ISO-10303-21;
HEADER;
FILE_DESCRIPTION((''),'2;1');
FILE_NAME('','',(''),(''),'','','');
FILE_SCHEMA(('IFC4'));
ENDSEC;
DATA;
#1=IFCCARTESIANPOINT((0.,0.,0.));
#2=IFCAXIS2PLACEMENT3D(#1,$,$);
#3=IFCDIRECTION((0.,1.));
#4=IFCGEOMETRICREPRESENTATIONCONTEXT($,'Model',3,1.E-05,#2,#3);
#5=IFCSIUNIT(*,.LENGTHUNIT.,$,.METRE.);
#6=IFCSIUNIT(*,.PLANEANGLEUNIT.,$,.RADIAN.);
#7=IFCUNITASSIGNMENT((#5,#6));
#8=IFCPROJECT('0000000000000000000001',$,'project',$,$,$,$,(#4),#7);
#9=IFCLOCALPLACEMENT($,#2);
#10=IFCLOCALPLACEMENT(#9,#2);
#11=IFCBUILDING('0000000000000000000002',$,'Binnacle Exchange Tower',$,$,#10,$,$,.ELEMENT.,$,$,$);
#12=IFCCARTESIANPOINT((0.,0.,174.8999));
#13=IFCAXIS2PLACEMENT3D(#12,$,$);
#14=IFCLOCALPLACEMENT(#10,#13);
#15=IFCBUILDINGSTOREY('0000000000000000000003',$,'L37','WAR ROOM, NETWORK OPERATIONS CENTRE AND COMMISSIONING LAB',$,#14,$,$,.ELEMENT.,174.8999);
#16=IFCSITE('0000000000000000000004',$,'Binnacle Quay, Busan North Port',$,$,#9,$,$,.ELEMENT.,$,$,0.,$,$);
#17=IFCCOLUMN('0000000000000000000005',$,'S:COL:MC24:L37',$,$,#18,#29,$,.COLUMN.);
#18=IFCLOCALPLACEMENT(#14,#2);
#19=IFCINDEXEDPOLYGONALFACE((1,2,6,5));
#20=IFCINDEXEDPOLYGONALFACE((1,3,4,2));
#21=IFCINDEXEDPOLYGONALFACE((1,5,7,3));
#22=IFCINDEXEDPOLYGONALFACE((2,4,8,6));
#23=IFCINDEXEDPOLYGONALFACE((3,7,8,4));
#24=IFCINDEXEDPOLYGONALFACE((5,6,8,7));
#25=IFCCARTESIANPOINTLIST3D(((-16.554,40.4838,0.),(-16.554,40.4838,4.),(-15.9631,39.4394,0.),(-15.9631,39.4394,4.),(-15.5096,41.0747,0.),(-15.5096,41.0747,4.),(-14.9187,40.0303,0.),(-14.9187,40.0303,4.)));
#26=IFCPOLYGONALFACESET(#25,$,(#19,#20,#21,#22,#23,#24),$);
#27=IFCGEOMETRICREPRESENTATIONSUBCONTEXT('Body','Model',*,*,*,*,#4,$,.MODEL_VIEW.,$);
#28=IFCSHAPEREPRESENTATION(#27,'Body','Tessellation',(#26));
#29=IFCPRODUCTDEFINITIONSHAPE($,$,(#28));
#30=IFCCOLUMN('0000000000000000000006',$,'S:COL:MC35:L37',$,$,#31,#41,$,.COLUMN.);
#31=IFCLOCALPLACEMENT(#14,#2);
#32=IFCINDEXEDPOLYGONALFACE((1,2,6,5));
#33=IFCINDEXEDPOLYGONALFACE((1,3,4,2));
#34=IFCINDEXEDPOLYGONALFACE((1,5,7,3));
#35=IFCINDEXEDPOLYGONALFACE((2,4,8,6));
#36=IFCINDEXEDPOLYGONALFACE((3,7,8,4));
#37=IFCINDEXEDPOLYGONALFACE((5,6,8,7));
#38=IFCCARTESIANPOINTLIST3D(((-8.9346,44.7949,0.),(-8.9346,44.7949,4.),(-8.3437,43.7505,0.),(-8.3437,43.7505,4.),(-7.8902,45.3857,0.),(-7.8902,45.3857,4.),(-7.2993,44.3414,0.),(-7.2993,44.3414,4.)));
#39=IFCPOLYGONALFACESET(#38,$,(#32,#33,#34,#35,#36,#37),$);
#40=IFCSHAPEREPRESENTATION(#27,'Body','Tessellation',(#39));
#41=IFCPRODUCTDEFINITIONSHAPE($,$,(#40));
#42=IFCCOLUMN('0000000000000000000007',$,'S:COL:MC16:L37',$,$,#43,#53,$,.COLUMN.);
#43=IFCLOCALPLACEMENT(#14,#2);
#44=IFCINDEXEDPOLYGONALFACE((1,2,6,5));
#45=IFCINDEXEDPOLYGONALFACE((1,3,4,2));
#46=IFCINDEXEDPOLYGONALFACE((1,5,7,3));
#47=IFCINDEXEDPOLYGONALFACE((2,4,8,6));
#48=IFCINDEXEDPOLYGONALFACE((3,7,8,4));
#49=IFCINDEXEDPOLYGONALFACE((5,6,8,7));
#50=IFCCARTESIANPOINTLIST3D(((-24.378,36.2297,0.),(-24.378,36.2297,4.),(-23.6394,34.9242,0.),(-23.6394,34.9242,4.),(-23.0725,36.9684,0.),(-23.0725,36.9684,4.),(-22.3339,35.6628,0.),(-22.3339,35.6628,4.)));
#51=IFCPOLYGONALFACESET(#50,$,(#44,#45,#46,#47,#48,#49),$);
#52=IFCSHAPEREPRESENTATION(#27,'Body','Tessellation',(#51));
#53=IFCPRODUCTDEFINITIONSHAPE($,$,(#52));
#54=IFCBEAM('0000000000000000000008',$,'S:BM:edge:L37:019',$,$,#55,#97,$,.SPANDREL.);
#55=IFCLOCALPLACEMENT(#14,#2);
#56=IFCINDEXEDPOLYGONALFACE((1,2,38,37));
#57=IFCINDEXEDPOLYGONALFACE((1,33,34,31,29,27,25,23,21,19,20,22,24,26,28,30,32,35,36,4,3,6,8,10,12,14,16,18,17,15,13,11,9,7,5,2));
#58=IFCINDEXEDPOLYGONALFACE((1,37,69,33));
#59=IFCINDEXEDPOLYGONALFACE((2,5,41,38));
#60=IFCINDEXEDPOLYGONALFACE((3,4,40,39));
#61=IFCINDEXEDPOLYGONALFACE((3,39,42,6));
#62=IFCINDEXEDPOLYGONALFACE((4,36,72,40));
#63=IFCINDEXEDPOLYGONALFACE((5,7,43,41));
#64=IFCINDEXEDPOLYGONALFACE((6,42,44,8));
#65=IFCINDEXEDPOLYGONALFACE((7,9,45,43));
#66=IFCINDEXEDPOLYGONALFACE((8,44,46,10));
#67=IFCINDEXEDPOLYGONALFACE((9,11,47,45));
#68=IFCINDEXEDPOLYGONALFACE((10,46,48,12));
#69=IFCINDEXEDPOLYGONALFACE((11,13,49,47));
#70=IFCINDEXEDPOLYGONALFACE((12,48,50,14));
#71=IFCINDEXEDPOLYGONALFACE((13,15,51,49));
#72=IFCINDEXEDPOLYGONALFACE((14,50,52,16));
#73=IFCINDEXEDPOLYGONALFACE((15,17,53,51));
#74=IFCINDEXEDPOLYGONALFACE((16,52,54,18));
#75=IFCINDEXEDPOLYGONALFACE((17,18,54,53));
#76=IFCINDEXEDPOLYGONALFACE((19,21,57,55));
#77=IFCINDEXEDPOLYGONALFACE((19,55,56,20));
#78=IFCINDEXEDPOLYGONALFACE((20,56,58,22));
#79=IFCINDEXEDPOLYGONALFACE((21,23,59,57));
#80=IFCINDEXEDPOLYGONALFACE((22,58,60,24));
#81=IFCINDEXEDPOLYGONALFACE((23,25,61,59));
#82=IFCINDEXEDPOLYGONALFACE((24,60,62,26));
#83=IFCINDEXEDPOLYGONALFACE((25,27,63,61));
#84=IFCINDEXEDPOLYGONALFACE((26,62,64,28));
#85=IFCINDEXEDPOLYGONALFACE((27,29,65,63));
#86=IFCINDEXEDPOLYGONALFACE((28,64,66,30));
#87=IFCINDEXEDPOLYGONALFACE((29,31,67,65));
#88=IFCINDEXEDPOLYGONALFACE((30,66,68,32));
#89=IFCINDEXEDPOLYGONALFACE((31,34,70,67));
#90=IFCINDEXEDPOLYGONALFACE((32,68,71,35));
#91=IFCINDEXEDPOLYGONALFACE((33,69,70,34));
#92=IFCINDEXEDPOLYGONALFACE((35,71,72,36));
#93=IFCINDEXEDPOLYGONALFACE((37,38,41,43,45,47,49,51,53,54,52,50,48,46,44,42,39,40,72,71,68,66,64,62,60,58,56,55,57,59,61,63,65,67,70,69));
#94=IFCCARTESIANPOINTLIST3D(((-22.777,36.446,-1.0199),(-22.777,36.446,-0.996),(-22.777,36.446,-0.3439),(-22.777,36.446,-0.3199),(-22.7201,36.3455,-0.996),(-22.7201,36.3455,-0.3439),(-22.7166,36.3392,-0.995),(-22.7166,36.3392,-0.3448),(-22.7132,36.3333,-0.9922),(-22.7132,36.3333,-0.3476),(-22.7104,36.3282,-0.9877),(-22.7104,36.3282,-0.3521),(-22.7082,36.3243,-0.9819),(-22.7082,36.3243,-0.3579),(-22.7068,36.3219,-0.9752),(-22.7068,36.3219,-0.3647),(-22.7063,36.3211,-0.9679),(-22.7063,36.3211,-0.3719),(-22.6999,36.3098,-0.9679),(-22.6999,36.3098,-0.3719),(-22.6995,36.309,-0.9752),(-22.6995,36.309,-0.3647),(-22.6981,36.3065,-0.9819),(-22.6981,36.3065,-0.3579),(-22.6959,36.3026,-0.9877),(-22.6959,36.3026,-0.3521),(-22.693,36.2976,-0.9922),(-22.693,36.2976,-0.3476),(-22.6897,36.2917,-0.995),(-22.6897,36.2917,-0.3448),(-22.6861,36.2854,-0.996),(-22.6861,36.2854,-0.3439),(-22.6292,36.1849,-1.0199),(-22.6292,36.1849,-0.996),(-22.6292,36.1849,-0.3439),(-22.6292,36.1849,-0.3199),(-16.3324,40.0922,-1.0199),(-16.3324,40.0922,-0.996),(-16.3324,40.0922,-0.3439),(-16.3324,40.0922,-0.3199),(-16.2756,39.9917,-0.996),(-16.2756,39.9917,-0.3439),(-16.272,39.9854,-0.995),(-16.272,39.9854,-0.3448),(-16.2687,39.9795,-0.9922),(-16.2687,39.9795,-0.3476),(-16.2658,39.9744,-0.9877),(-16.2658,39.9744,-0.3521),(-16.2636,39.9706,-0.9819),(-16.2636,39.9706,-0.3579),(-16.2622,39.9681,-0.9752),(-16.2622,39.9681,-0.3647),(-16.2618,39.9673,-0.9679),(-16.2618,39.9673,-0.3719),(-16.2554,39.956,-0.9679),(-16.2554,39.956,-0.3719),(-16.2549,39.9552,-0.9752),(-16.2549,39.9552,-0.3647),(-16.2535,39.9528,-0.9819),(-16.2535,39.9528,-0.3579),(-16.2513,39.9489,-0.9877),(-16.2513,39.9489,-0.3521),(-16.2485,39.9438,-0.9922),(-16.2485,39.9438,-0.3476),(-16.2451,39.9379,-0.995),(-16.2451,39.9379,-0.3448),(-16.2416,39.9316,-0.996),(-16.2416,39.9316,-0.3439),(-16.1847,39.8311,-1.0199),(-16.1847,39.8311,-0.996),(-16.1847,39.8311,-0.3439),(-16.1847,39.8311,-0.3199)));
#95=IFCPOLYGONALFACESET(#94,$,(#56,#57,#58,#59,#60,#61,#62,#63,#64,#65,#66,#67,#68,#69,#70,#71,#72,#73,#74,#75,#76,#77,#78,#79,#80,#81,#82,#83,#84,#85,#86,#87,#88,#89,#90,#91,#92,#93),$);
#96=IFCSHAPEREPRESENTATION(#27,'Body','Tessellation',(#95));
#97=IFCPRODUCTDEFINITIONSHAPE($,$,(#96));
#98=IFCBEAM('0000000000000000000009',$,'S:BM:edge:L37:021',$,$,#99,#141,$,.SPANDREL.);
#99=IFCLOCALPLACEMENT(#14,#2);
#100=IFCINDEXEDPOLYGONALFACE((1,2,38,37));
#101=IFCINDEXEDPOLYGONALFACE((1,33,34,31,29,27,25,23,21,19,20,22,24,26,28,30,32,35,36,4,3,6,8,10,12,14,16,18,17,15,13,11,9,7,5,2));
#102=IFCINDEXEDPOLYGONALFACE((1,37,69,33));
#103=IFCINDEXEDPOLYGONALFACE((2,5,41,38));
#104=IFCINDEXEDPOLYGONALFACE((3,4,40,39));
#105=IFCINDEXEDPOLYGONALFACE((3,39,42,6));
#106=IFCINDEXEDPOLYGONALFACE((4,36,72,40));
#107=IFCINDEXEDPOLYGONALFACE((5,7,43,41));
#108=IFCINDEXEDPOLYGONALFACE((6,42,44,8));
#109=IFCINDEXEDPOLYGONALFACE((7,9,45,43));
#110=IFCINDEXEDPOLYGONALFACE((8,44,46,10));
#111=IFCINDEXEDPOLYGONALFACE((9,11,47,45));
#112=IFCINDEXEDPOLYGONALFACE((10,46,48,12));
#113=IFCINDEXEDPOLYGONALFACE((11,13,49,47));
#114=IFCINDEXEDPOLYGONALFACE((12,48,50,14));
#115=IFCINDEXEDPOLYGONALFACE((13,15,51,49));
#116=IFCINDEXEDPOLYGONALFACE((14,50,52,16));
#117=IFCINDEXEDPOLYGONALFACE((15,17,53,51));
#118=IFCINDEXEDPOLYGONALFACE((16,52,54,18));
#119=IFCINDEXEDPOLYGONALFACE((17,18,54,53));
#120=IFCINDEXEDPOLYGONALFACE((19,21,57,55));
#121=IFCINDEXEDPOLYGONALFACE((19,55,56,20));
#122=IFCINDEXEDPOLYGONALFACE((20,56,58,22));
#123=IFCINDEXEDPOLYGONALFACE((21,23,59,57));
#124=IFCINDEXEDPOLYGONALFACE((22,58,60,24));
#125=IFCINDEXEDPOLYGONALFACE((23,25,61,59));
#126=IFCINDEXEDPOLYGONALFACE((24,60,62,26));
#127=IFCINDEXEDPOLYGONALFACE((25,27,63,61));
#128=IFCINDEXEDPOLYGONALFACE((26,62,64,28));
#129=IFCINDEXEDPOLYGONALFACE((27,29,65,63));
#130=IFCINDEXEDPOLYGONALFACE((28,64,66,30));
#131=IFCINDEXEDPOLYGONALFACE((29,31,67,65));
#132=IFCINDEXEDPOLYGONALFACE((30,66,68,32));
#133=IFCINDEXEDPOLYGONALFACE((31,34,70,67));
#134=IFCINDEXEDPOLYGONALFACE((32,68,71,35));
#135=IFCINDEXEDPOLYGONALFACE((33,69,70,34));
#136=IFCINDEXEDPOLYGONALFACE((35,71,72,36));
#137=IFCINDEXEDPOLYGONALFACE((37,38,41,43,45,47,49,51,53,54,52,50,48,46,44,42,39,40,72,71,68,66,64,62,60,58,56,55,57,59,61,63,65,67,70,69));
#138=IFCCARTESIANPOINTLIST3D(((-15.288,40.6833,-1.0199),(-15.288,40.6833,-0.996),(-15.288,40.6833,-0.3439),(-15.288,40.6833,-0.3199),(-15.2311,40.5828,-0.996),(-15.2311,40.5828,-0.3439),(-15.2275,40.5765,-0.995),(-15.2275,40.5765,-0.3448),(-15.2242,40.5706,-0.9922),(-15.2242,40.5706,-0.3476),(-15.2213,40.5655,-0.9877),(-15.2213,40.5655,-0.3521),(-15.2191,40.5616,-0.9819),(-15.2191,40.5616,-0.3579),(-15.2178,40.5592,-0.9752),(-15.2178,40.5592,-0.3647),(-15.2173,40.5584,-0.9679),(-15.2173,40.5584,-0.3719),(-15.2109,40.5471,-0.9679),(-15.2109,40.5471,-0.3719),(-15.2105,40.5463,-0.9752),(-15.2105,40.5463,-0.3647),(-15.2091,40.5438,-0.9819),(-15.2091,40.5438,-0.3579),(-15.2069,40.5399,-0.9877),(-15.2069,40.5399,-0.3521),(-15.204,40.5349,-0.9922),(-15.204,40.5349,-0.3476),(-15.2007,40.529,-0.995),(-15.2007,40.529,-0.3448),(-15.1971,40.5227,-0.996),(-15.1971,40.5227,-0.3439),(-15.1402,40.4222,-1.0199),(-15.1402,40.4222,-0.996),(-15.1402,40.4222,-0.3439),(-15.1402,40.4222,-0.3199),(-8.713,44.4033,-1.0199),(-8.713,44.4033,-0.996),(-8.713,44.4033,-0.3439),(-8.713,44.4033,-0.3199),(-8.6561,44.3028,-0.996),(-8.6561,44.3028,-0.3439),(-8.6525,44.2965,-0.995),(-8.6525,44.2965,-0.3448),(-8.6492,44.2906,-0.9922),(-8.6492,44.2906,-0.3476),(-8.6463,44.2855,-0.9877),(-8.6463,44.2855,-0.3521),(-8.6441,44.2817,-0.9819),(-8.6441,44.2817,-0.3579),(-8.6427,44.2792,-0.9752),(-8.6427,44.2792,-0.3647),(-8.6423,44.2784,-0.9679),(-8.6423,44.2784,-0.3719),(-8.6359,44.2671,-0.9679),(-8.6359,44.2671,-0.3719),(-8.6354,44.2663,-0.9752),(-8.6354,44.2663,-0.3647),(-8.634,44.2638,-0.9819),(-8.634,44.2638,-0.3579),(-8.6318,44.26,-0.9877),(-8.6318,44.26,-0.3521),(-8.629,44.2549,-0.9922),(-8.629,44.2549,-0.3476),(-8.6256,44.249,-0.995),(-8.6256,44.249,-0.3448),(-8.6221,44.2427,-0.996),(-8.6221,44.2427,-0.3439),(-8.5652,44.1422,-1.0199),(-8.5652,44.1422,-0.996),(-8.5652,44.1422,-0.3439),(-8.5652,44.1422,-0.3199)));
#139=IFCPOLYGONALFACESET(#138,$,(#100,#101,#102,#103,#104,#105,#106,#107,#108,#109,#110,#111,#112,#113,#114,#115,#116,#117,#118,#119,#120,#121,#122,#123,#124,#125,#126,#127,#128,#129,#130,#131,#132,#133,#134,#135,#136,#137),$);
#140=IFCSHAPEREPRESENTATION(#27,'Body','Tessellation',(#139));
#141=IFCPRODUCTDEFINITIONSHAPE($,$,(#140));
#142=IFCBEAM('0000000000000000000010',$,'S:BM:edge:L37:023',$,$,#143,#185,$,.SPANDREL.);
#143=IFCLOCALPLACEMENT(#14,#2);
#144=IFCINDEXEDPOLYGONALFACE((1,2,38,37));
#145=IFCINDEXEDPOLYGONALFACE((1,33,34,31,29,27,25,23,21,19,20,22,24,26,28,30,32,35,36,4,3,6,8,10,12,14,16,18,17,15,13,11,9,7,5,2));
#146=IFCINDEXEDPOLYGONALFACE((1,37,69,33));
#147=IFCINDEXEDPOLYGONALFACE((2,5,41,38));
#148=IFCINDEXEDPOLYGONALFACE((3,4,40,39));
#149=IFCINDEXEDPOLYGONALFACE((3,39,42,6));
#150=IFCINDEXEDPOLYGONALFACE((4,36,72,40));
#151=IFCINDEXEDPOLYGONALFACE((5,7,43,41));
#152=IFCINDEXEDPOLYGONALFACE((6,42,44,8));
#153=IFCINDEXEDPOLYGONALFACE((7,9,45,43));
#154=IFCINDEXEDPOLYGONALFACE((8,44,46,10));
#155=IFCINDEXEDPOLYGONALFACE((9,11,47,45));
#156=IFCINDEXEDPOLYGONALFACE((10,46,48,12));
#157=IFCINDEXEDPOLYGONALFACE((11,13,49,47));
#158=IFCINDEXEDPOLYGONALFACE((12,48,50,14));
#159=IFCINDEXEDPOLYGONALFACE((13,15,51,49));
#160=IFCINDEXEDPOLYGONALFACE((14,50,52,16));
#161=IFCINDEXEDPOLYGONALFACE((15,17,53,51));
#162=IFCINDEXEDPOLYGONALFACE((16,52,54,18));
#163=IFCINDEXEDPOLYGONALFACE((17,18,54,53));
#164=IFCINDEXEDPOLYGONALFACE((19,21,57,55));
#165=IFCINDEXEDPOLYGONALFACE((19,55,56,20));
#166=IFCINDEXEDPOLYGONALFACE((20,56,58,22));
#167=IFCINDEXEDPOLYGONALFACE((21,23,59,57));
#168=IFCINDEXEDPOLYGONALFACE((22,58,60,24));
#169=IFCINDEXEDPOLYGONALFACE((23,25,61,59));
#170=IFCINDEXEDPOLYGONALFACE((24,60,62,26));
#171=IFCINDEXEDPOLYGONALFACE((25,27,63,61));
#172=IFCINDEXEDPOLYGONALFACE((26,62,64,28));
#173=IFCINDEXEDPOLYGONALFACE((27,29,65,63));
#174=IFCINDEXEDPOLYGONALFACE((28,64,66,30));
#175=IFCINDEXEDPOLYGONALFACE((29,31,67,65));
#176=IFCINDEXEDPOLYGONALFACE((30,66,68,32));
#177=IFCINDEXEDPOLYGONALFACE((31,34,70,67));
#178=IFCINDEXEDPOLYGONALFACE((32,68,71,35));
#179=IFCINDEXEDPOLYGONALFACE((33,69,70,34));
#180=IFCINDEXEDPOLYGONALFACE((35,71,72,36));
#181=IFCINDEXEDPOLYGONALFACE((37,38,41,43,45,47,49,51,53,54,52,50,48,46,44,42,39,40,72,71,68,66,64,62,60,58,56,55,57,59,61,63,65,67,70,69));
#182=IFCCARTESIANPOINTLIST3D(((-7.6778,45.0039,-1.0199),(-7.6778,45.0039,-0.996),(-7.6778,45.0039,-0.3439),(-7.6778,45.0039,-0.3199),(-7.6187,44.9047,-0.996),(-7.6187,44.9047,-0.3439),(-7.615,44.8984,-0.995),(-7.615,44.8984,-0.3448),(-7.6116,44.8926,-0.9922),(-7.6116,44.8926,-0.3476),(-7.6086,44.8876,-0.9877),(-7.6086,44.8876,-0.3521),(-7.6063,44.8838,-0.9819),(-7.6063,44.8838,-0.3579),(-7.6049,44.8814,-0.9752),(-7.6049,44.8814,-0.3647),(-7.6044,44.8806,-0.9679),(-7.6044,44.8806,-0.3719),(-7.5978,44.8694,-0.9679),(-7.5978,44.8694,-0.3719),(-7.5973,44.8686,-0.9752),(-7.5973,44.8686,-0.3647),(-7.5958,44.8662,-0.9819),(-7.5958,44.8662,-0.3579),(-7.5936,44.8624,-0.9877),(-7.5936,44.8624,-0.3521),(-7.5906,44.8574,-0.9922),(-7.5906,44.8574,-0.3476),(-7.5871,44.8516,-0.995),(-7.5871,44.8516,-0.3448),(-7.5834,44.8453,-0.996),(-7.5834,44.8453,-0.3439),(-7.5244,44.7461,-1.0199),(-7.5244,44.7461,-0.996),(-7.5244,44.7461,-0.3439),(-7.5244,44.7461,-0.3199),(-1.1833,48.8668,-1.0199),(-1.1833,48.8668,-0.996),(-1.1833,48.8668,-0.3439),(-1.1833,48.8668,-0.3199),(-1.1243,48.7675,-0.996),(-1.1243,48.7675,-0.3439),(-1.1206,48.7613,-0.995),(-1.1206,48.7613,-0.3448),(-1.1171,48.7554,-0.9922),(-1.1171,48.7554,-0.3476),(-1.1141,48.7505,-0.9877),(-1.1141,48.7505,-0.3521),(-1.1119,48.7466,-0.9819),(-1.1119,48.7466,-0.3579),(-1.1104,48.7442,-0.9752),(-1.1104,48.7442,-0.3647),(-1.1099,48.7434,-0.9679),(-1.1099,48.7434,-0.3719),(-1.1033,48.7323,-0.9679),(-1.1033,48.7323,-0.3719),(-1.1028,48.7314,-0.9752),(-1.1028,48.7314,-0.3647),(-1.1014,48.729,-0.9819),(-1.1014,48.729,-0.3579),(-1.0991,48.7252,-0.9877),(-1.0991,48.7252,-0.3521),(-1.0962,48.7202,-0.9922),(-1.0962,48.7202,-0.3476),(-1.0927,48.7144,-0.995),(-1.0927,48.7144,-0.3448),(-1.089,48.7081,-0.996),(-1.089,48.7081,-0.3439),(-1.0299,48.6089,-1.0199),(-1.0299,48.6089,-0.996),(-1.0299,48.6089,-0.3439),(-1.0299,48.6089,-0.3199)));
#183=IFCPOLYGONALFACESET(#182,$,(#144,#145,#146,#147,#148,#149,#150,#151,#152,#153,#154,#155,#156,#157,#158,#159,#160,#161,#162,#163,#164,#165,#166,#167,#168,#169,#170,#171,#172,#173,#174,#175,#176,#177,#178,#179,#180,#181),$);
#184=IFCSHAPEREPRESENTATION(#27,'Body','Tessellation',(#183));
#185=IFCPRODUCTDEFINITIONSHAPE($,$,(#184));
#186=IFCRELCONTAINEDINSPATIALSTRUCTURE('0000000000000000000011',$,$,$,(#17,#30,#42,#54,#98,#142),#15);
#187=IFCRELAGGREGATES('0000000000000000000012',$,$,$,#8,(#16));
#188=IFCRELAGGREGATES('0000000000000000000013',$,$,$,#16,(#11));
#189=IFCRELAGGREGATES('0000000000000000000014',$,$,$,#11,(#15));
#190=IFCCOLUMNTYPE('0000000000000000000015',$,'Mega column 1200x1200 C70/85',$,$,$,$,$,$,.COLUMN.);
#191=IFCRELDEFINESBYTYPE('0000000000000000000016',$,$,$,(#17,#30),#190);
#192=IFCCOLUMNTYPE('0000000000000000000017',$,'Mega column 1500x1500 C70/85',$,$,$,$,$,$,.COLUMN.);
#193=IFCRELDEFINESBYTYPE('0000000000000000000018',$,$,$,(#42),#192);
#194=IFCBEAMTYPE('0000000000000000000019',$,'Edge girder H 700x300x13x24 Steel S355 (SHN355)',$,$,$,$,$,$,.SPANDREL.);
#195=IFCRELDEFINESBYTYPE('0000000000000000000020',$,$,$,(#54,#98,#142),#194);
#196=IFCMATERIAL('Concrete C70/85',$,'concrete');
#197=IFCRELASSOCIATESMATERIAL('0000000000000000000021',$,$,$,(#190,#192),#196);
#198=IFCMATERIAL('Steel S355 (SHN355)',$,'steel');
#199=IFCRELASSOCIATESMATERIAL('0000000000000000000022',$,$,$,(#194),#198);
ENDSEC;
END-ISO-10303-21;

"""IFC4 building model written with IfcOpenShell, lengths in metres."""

from ifc_helpers import new_model, si_unit, direction, frame, origin, origin_2d, place, context, subcontext, project, spatial, rectangle, i_section, extrude, material, material_profile, profile_set, type_object, element, save


model = new_model("IFC4")

# Units and contexts
model_context = context("Model", 3, precision=1e-05, world=origin(), true_north=direction((0.0, 1.0)))
body_context = subcontext(model_context, "Body", "Model", "MODEL_VIEW")
ifc_project = project(units=[si_unit("LENGTHUNIT", "METRE"), si_unit("PLANEANGLEUNIT", "RADIAN")], contexts=[model_context])

# Site, building, storey
site_placement = place(None, origin())
site = spatial("IfcSite", under=ifc_project, at=site_placement, Name="Binnacle Quay, Busan North Port", CompositionType="ELEMENT", RefElevation=0.0)
building_placement = place(site_placement, origin())
building = spatial("IfcBuilding", under=site, at=building_placement, Name="Binnacle Exchange Tower", CompositionType="ELEMENT")
storey_placement = place(building_placement, frame((0.0, 0.0, 174.8999)))
storey = spatial("IfcBuildingStorey", under=building, at=storey_placement, Name="L37", Description="WAR ROOM, NETWORK OPERATIONS CENTRE AND COMMISSIONING LAB", CompositionType="ELEMENT", Elevation=174.8999)

# Columns
ifc_material_1 = material(Name="Concrete C70/85", Category="concrete")
ifc_material_profile_1 = material_profile(ifc_material_1, rectangle(XDim=1.2, YDim=1.2, at=origin_2d()), Name="Mega column 1200x1200 C70/85")
ifc_profile_set_1 = profile_set([ifc_material_profile_1], Name="Concrete C70/85")
column_type_1 = type_object("IfcColumnType", Name="Mega column 1200x1200 C70/85", PredefinedType="COLUMN", material=ifc_profile_set_1)
for number, where, z_axis, x_axis, name in (
    (1, (-15.7363, 40.2571, 0.0), (0.0, 0.0, 1.0), (0.870356, 0.492424, 0.0), "S:COL:MC24:L37"),
    (2, (-8.1169, 44.5681, 0.0), (0.0, 0.0, 1.0), (0.870356, 0.492424, 0.0), "S:COL:MC35:L37"),
):
    element("IfcColumn", number, at=place(storey_placement, frame(where, z_axis=z_axis, x_axis=x_axis)), inside=storey, type_object=column_type_1, Name=name, PredefinedType="COLUMN", context=body_context, shape_type="SweptSolid", body=[
        extrude(rectangle(XDim=1.2, YDim=1.2, at=origin_2d()), origin(), (0.0, 0.0, 1.0), 4.0),
    ])
ifc_material_profile_2 = material_profile(ifc_material_1, rectangle(XDim=1.5, YDim=1.5, at=origin_2d()), Name="Mega column 1500x1500 C70/85")
ifc_profile_set_2 = profile_set([ifc_material_profile_2], Name="Concrete C70/85")
column_type_2 = type_object("IfcColumnType", Name="Mega column 1500x1500 C70/85", PredefinedType="COLUMN", material=ifc_profile_set_2)
column_placement = place(storey_placement, frame((-23.356, 35.9463, 0.0), z_axis=(0.0, 0.0, 1.0), x_axis=(0.870356, 0.492424, 0.0)))
element("IfcColumn", 3, at=column_placement, inside=storey, type_object=column_type_2, Name="S:COL:MC16:L37", PredefinedType="COLUMN", context=body_context, shape_type="SweptSolid", body=[
    extrude(rectangle(XDim=1.5, YDim=1.5, at=origin_2d()), origin(), (0.0, 0.0, 1.0), 4.0),
])

# Beams
ifc_material_2 = material(Name="Steel S355 (SHN355)", Category="steel")
ifc_material_profile_3 = material_profile(ifc_material_2, i_section(OverallWidth=0.3, OverallDepth=0.7, WebThickness=0.0129, FlangeThickness=0.0239, FilletRadius=0.0281, at=origin_2d()), Name="H 700x300x13x24")
ifc_profile_set_3 = profile_set([ifc_material_profile_3], Name="Steel S355 (SHN355)")
beam_type_1 = type_object("IfcBeamType", Name="Edge girder H 700x300x13x24 Steel S355 (SHN355)", PredefinedType="SPANDREL", material=ifc_profile_set_3)
beam_1_placement = place(storey_placement, frame((-22.7031, 36.3154, -0.6699), z_axis=(0.870352, 0.492431, 0.0), x_axis=(-0.492431, 0.870352, 0.0)))
element("IfcBeam", 4, at=beam_1_placement, inside=storey, type_object=beam_type_1, Name="S:BM:edge:L37:019", PredefinedType="SPANDREL", context=body_context, shape_type="SweptSolid", body=[
    extrude(i_section(OverallWidth=0.3, OverallDepth=0.7, WebThickness=0.0129, FlangeThickness=0.0239, FilletRadius=0.0281, at=origin_2d()), origin(), (0.0, 0.0, 1.0), 7.4045),
])
beam_2_placement = place(storey_placement, frame((-15.2141, 40.5527, -0.6699), z_axis=(0.870353, 0.492428, 0.0), x_axis=(-0.492428, 0.870353, 0.0)))
element("IfcBeam", 5, at=beam_2_placement, inside=storey, type_object=beam_type_1, Name="S:BM:edge:L37:021", PredefinedType="SPANDREL", context=body_context, shape_type="SweptSolid", body=[
    extrude(i_section(OverallWidth=0.3, OverallDepth=0.7, WebThickness=0.0129, FlangeThickness=0.0239, FilletRadius=0.0281, at=origin_2d()), origin(), (0.0, 0.0, 1.0), 7.5544),
])
beam_3_placement = place(storey_placement, frame((-7.6011, 44.875, -0.6699), z_axis=(0.859462, 0.511199, 0.0), x_axis=(-0.511199, 0.859462, 0.0)))
element("IfcBeam", 6, at=beam_3_placement, inside=storey, type_object=beam_type_1, Name="S:BM:edge:L37:023", PredefinedType="SPANDREL", context=body_context, shape_type="SweptSolid", body=[
    extrude(i_section(OverallWidth=0.3, OverallDepth=0.7, WebThickness=0.0129, FlangeThickness=0.0239, FilletRadius=0.0281, at=origin_2d()), origin(), (0.0, 0.0, 1.0), 7.5564),
])

save(model, "model.ifc")
